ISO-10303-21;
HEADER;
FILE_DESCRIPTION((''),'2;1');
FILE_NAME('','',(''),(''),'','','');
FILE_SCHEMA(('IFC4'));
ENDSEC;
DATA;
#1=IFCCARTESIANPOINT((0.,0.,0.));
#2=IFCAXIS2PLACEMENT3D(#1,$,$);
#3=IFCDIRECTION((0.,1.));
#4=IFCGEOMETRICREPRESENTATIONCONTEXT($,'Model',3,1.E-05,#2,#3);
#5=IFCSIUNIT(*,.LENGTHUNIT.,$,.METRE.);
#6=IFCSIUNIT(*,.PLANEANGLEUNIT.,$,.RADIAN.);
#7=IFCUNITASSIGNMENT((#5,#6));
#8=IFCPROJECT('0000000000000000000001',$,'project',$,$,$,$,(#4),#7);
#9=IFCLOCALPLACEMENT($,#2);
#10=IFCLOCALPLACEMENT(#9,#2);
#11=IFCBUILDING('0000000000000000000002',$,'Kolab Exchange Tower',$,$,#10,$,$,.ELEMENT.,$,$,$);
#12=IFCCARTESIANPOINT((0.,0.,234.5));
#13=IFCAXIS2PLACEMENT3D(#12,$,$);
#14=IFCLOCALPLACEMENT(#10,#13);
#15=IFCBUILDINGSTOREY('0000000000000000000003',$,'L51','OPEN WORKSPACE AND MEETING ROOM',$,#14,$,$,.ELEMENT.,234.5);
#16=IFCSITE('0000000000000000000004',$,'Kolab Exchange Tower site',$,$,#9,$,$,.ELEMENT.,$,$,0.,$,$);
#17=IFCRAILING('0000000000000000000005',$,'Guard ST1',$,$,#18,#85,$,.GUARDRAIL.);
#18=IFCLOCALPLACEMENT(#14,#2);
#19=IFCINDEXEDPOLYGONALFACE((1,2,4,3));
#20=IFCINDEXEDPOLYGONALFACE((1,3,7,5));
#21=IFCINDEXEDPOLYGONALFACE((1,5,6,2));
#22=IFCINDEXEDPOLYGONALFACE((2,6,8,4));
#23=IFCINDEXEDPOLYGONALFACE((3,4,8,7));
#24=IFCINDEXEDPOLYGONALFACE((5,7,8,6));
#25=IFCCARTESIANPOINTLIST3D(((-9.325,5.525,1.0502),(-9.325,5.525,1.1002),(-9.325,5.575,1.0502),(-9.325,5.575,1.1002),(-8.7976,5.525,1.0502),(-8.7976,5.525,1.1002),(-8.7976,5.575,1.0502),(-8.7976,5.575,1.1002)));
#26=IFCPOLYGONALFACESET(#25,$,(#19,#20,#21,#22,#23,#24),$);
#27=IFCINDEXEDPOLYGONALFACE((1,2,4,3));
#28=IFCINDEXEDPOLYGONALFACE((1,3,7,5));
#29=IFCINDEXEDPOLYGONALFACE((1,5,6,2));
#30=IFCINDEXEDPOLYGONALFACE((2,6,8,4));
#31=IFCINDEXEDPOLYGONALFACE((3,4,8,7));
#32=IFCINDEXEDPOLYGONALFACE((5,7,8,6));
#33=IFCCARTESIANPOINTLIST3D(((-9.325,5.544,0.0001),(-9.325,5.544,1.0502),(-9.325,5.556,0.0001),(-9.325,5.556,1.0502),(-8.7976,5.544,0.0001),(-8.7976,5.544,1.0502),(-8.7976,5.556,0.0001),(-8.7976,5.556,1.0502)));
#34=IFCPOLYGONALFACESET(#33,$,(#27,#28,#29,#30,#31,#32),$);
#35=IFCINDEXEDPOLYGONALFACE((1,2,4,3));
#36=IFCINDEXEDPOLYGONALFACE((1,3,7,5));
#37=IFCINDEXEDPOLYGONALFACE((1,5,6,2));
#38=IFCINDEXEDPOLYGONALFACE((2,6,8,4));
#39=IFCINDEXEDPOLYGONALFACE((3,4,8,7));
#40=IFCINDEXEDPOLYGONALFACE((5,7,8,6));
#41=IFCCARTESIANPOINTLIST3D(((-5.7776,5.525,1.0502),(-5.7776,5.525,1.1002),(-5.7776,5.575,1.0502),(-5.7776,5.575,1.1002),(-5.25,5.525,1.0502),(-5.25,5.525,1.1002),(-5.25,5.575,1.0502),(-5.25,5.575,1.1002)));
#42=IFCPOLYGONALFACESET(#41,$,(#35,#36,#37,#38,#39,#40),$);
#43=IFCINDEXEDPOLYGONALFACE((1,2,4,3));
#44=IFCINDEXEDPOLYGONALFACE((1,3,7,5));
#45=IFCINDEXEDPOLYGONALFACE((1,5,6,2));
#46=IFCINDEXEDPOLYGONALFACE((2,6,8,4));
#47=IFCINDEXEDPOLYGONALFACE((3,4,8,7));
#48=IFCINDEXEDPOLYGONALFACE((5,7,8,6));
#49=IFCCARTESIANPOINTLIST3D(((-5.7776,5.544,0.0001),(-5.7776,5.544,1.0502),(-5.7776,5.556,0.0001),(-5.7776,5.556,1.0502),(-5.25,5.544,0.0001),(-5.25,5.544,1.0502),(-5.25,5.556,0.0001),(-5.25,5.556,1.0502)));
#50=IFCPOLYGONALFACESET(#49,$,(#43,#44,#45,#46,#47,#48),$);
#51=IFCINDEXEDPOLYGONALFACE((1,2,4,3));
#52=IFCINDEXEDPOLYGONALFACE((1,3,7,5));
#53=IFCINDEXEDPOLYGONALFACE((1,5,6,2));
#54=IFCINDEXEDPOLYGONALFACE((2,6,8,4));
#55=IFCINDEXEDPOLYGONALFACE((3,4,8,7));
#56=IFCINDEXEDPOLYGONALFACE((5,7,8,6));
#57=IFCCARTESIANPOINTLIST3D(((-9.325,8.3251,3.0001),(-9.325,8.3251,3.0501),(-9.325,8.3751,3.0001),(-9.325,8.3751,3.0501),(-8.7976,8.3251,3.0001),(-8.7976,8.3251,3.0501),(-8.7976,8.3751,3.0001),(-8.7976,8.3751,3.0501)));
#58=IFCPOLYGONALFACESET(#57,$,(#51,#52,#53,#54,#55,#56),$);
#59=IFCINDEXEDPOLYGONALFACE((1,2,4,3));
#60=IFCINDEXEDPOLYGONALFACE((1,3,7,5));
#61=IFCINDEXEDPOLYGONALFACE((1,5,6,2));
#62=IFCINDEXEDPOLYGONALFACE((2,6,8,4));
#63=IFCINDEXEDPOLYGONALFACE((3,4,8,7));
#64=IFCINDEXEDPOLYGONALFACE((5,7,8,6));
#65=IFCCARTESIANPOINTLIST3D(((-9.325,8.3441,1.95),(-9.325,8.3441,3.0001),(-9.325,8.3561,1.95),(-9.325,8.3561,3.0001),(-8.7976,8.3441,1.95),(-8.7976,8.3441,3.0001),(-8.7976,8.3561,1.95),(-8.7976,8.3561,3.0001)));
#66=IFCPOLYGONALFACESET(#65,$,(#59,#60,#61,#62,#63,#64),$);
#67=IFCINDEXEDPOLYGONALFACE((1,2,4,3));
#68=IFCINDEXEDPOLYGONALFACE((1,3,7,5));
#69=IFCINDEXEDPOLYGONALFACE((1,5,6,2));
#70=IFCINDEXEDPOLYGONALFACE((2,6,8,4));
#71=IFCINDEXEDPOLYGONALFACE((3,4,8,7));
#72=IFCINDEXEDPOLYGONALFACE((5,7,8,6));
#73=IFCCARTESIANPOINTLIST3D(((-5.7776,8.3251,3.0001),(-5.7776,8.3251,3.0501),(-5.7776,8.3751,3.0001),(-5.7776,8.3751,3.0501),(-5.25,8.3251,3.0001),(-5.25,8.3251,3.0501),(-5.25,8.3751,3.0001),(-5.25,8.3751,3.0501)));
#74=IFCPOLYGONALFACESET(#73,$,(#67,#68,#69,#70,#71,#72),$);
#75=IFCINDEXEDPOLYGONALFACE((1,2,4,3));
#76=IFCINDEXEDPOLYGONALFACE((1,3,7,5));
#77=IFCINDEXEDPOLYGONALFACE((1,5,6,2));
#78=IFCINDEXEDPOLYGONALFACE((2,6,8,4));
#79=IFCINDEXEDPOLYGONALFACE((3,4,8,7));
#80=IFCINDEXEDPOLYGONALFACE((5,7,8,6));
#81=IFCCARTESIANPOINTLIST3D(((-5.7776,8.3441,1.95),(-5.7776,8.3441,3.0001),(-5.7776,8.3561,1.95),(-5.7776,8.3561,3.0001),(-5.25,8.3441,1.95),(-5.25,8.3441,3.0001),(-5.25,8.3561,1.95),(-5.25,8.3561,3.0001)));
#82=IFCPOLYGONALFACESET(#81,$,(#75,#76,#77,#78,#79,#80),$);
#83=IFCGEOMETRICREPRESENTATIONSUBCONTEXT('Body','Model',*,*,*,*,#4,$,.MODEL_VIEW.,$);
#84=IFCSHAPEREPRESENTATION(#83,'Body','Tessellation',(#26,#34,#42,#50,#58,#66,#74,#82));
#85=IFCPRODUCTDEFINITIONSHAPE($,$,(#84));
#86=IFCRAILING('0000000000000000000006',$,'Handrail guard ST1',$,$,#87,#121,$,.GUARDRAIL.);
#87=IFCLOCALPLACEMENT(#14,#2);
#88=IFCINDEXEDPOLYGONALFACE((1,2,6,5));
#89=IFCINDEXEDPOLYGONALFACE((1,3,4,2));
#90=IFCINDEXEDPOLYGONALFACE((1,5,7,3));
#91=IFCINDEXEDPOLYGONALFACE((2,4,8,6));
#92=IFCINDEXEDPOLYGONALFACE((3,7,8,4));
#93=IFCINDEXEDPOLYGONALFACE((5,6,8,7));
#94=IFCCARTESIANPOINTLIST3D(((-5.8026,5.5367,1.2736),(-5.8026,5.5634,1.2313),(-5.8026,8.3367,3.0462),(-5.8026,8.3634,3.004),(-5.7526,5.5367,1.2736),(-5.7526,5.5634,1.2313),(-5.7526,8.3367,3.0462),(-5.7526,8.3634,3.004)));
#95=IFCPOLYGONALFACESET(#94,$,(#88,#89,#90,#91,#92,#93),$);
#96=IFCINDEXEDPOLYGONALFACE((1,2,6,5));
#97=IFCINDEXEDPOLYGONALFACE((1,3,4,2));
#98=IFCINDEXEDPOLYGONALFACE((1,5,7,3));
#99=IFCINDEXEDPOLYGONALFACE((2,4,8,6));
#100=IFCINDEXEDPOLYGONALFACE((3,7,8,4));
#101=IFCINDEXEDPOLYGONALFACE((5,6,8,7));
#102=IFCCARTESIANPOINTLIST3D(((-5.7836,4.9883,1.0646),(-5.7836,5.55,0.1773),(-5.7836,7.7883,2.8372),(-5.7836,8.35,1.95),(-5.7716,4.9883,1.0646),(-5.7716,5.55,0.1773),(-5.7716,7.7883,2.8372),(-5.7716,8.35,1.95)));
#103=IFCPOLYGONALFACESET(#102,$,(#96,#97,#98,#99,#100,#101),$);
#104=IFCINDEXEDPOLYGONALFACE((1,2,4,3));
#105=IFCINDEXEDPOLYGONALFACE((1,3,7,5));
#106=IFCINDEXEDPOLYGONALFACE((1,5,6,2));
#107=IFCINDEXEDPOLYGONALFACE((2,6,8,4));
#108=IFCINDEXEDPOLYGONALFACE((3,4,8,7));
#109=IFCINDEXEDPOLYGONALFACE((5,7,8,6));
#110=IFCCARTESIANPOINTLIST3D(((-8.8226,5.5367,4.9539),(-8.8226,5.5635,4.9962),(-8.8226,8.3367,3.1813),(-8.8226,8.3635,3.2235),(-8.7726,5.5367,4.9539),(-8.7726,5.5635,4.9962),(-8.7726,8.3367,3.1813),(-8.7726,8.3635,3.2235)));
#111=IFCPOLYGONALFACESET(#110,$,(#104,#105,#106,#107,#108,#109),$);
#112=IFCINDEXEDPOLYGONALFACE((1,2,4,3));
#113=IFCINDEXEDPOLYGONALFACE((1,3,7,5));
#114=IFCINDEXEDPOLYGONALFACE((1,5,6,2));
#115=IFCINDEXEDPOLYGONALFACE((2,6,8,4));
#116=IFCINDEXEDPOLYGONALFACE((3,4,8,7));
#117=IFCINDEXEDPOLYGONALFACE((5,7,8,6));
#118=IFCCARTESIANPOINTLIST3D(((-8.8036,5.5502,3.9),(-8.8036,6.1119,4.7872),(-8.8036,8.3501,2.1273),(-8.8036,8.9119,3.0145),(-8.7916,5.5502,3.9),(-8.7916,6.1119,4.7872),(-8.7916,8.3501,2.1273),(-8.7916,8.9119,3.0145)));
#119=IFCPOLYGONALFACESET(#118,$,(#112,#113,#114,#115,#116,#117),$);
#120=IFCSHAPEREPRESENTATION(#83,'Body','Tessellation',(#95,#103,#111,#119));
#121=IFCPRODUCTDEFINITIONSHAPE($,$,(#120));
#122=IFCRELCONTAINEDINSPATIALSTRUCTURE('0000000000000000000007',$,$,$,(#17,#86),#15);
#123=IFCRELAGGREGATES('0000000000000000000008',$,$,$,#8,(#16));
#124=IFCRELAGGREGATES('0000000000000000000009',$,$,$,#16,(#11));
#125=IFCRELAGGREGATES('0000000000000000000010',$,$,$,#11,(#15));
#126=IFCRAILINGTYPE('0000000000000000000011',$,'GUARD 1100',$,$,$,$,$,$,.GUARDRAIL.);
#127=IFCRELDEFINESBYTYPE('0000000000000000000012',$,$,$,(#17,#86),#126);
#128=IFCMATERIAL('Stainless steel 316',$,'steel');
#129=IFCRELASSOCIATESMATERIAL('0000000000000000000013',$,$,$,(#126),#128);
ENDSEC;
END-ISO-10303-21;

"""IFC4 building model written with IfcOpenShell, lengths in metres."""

from ifc_helpers import new_model, si_unit, direction, frame, frame_2d, origin, origin_2d, place, context, subcontext, project, spatial, rectangle, extrude, material, type_object, element, save


model = new_model("IFC4")

# Units and contexts
model_context = context("Model", 3, precision=1e-05, world=origin(), true_north=direction((0.0, 1.0)))
body_context = subcontext(model_context, "Body", "Model", "MODEL_VIEW")
ifc_project = project(units=[si_unit("LENGTHUNIT", "METRE"), si_unit("PLANEANGLEUNIT", "RADIAN")], contexts=[model_context])

# Site, building, storey
site_placement = place(None, origin())
site = spatial("IfcSite", under=ifc_project, at=site_placement, Name="Kolab Exchange Tower site", CompositionType="ELEMENT", RefElevation=0.0)
building_placement = place(site_placement, origin())
building = spatial("IfcBuilding", under=site, at=building_placement, Name="Kolab Exchange Tower", CompositionType="ELEMENT")
storey_placement = place(building_placement, frame((0.0, 0.0, 234.5)))
storey = spatial("IfcBuildingStorey", under=building, at=storey_placement, Name="L51", Description="OPEN WORKSPACE AND MEETING ROOM", CompositionType="ELEMENT", Elevation=234.5)

# Shared definitions
ifc_material_1 = material(Name="Stainless steel 316", Category="steel")

# Railings
railing_type = type_object("IfcRailingType", Name="GUARD 1100", PredefinedType="GUARDRAIL", material=ifc_material_1)
railing_1_placement = place(storey_placement, frame((-9.325, 5.55, 0.0)))
element("IfcRailing", 1, at=railing_1_placement, inside=storey, type_object=railing_type, Name="Guard ST1", PredefinedType="GUARDRAIL", context=body_context, shape_type="SweptSolid", body=[
    extrude(rectangle(XDim=0.05, YDim=0.05, at=origin_2d()), frame((0.0, 0.0, 1.0752), z_axis=(1.0, 0.0, 0.0), x_axis=(0.0, 1.0, 0.0)), (0.0, 0.0, 1.0), 0.5273),
    extrude(rectangle(XDim=0.012, YDim=1.0501, at=frame_2d((0.0, 0.5251))), frame((0.0, 0.0, 0.0), z_axis=(1.0, 0.0, 0.0), x_axis=(0.0, 1.0, 0.0)), (0.0, 0.0, 1.0), 0.5273),
    extrude(rectangle(XDim=0.05, YDim=0.05, at=origin_2d()), frame((3.5474, 0.0, 1.0752), z_axis=(1.0, 0.0, 0.0), x_axis=(0.0, 1.0, 0.0)), (0.0, 0.0, 1.0), 0.5276),
    extrude(rectangle(XDim=0.012, YDim=1.0501, at=frame_2d((0.0, 0.5251))), frame((3.5474, 0.0, 0.0), z_axis=(1.0, 0.0, 0.0), x_axis=(0.0, 1.0, 0.0)), (0.0, 0.0, 1.0), 0.5276),
    extrude(rectangle(XDim=0.05, YDim=0.05, at=origin_2d()), frame((0.0, 2.8, 3.0251), z_axis=(1.0, 0.0, 0.0), x_axis=(0.0, 1.0, 0.0)), (0.0, 0.0, 1.0), 0.5273),
    extrude(rectangle(XDim=0.012, YDim=1.0501, at=frame_2d((0.0, 0.5251))), frame((0.0, 2.8, 1.95), z_axis=(1.0, 0.0, 0.0), x_axis=(0.0, 1.0, 0.0)), (0.0, 0.0, 1.0), 0.5273),
    extrude(rectangle(XDim=0.05, YDim=0.05, at=origin_2d()), frame((3.5474, 2.8, 3.0251), z_axis=(1.0, 0.0, 0.0), x_axis=(0.0, 1.0, 0.0)), (0.0, 0.0, 1.0), 0.5276),
    extrude(rectangle(XDim=0.012, YDim=1.0501, at=frame_2d((0.0, 0.5251))), frame((3.5474, 2.8, 1.95), z_axis=(1.0, 0.0, 0.0), x_axis=(0.0, 1.0, 0.0)), (0.0, 0.0, 1.0), 0.5276),
])
railing_2_placement = place(storey_placement, frame((-5.7776, 5.55, 0.1772)))
element("IfcRailing", 2, at=railing_2_placement, inside=storey, type_object=railing_type, Name="Handrail guard ST1", PredefinedType="GUARDRAIL", context=body_context, shape_type="SweptSolid", body=[
    extrude(rectangle(XDim=0.05, YDim=0.05, at=origin_2d()), frame((0.0, 0.0, 1.0752), z_axis=(0.0, 0.844909, 0.53491), x_axis=(-1.0, 0.0, 0.0)), (0.0, 0.0, 1.0), 3.314),
    extrude(rectangle(XDim=0.012, YDim=1.0501, at=frame_2d((0.0, 0.5251))), frame((0.0, 0.0, 0.0), z_axis=(0.0, 0.844909, 0.53491), x_axis=(-1.0, 0.0, 0.0)), (0.0, 0.0, 1.0), 3.314),
    extrude(rectangle(XDim=0.05, YDim=0.05, at=origin_2d()), frame((-3.02, 2.8, 3.0251), z_axis=(0.0, -0.844909, 0.53491), x_axis=(1.0, 0.0, 0.0)), (0.0, 0.0, 1.0), 3.314),
    extrude(rectangle(XDim=0.012, YDim=1.0501, at=frame_2d((0.0, 0.5251))), frame((-3.02, 2.8, 1.95), z_axis=(0.0, -0.844909, 0.53491), x_axis=(1.0, 0.0, 0.0)), (0.0, 0.0, 1.0), 3.314),
])

save(model, "model.ifc")
